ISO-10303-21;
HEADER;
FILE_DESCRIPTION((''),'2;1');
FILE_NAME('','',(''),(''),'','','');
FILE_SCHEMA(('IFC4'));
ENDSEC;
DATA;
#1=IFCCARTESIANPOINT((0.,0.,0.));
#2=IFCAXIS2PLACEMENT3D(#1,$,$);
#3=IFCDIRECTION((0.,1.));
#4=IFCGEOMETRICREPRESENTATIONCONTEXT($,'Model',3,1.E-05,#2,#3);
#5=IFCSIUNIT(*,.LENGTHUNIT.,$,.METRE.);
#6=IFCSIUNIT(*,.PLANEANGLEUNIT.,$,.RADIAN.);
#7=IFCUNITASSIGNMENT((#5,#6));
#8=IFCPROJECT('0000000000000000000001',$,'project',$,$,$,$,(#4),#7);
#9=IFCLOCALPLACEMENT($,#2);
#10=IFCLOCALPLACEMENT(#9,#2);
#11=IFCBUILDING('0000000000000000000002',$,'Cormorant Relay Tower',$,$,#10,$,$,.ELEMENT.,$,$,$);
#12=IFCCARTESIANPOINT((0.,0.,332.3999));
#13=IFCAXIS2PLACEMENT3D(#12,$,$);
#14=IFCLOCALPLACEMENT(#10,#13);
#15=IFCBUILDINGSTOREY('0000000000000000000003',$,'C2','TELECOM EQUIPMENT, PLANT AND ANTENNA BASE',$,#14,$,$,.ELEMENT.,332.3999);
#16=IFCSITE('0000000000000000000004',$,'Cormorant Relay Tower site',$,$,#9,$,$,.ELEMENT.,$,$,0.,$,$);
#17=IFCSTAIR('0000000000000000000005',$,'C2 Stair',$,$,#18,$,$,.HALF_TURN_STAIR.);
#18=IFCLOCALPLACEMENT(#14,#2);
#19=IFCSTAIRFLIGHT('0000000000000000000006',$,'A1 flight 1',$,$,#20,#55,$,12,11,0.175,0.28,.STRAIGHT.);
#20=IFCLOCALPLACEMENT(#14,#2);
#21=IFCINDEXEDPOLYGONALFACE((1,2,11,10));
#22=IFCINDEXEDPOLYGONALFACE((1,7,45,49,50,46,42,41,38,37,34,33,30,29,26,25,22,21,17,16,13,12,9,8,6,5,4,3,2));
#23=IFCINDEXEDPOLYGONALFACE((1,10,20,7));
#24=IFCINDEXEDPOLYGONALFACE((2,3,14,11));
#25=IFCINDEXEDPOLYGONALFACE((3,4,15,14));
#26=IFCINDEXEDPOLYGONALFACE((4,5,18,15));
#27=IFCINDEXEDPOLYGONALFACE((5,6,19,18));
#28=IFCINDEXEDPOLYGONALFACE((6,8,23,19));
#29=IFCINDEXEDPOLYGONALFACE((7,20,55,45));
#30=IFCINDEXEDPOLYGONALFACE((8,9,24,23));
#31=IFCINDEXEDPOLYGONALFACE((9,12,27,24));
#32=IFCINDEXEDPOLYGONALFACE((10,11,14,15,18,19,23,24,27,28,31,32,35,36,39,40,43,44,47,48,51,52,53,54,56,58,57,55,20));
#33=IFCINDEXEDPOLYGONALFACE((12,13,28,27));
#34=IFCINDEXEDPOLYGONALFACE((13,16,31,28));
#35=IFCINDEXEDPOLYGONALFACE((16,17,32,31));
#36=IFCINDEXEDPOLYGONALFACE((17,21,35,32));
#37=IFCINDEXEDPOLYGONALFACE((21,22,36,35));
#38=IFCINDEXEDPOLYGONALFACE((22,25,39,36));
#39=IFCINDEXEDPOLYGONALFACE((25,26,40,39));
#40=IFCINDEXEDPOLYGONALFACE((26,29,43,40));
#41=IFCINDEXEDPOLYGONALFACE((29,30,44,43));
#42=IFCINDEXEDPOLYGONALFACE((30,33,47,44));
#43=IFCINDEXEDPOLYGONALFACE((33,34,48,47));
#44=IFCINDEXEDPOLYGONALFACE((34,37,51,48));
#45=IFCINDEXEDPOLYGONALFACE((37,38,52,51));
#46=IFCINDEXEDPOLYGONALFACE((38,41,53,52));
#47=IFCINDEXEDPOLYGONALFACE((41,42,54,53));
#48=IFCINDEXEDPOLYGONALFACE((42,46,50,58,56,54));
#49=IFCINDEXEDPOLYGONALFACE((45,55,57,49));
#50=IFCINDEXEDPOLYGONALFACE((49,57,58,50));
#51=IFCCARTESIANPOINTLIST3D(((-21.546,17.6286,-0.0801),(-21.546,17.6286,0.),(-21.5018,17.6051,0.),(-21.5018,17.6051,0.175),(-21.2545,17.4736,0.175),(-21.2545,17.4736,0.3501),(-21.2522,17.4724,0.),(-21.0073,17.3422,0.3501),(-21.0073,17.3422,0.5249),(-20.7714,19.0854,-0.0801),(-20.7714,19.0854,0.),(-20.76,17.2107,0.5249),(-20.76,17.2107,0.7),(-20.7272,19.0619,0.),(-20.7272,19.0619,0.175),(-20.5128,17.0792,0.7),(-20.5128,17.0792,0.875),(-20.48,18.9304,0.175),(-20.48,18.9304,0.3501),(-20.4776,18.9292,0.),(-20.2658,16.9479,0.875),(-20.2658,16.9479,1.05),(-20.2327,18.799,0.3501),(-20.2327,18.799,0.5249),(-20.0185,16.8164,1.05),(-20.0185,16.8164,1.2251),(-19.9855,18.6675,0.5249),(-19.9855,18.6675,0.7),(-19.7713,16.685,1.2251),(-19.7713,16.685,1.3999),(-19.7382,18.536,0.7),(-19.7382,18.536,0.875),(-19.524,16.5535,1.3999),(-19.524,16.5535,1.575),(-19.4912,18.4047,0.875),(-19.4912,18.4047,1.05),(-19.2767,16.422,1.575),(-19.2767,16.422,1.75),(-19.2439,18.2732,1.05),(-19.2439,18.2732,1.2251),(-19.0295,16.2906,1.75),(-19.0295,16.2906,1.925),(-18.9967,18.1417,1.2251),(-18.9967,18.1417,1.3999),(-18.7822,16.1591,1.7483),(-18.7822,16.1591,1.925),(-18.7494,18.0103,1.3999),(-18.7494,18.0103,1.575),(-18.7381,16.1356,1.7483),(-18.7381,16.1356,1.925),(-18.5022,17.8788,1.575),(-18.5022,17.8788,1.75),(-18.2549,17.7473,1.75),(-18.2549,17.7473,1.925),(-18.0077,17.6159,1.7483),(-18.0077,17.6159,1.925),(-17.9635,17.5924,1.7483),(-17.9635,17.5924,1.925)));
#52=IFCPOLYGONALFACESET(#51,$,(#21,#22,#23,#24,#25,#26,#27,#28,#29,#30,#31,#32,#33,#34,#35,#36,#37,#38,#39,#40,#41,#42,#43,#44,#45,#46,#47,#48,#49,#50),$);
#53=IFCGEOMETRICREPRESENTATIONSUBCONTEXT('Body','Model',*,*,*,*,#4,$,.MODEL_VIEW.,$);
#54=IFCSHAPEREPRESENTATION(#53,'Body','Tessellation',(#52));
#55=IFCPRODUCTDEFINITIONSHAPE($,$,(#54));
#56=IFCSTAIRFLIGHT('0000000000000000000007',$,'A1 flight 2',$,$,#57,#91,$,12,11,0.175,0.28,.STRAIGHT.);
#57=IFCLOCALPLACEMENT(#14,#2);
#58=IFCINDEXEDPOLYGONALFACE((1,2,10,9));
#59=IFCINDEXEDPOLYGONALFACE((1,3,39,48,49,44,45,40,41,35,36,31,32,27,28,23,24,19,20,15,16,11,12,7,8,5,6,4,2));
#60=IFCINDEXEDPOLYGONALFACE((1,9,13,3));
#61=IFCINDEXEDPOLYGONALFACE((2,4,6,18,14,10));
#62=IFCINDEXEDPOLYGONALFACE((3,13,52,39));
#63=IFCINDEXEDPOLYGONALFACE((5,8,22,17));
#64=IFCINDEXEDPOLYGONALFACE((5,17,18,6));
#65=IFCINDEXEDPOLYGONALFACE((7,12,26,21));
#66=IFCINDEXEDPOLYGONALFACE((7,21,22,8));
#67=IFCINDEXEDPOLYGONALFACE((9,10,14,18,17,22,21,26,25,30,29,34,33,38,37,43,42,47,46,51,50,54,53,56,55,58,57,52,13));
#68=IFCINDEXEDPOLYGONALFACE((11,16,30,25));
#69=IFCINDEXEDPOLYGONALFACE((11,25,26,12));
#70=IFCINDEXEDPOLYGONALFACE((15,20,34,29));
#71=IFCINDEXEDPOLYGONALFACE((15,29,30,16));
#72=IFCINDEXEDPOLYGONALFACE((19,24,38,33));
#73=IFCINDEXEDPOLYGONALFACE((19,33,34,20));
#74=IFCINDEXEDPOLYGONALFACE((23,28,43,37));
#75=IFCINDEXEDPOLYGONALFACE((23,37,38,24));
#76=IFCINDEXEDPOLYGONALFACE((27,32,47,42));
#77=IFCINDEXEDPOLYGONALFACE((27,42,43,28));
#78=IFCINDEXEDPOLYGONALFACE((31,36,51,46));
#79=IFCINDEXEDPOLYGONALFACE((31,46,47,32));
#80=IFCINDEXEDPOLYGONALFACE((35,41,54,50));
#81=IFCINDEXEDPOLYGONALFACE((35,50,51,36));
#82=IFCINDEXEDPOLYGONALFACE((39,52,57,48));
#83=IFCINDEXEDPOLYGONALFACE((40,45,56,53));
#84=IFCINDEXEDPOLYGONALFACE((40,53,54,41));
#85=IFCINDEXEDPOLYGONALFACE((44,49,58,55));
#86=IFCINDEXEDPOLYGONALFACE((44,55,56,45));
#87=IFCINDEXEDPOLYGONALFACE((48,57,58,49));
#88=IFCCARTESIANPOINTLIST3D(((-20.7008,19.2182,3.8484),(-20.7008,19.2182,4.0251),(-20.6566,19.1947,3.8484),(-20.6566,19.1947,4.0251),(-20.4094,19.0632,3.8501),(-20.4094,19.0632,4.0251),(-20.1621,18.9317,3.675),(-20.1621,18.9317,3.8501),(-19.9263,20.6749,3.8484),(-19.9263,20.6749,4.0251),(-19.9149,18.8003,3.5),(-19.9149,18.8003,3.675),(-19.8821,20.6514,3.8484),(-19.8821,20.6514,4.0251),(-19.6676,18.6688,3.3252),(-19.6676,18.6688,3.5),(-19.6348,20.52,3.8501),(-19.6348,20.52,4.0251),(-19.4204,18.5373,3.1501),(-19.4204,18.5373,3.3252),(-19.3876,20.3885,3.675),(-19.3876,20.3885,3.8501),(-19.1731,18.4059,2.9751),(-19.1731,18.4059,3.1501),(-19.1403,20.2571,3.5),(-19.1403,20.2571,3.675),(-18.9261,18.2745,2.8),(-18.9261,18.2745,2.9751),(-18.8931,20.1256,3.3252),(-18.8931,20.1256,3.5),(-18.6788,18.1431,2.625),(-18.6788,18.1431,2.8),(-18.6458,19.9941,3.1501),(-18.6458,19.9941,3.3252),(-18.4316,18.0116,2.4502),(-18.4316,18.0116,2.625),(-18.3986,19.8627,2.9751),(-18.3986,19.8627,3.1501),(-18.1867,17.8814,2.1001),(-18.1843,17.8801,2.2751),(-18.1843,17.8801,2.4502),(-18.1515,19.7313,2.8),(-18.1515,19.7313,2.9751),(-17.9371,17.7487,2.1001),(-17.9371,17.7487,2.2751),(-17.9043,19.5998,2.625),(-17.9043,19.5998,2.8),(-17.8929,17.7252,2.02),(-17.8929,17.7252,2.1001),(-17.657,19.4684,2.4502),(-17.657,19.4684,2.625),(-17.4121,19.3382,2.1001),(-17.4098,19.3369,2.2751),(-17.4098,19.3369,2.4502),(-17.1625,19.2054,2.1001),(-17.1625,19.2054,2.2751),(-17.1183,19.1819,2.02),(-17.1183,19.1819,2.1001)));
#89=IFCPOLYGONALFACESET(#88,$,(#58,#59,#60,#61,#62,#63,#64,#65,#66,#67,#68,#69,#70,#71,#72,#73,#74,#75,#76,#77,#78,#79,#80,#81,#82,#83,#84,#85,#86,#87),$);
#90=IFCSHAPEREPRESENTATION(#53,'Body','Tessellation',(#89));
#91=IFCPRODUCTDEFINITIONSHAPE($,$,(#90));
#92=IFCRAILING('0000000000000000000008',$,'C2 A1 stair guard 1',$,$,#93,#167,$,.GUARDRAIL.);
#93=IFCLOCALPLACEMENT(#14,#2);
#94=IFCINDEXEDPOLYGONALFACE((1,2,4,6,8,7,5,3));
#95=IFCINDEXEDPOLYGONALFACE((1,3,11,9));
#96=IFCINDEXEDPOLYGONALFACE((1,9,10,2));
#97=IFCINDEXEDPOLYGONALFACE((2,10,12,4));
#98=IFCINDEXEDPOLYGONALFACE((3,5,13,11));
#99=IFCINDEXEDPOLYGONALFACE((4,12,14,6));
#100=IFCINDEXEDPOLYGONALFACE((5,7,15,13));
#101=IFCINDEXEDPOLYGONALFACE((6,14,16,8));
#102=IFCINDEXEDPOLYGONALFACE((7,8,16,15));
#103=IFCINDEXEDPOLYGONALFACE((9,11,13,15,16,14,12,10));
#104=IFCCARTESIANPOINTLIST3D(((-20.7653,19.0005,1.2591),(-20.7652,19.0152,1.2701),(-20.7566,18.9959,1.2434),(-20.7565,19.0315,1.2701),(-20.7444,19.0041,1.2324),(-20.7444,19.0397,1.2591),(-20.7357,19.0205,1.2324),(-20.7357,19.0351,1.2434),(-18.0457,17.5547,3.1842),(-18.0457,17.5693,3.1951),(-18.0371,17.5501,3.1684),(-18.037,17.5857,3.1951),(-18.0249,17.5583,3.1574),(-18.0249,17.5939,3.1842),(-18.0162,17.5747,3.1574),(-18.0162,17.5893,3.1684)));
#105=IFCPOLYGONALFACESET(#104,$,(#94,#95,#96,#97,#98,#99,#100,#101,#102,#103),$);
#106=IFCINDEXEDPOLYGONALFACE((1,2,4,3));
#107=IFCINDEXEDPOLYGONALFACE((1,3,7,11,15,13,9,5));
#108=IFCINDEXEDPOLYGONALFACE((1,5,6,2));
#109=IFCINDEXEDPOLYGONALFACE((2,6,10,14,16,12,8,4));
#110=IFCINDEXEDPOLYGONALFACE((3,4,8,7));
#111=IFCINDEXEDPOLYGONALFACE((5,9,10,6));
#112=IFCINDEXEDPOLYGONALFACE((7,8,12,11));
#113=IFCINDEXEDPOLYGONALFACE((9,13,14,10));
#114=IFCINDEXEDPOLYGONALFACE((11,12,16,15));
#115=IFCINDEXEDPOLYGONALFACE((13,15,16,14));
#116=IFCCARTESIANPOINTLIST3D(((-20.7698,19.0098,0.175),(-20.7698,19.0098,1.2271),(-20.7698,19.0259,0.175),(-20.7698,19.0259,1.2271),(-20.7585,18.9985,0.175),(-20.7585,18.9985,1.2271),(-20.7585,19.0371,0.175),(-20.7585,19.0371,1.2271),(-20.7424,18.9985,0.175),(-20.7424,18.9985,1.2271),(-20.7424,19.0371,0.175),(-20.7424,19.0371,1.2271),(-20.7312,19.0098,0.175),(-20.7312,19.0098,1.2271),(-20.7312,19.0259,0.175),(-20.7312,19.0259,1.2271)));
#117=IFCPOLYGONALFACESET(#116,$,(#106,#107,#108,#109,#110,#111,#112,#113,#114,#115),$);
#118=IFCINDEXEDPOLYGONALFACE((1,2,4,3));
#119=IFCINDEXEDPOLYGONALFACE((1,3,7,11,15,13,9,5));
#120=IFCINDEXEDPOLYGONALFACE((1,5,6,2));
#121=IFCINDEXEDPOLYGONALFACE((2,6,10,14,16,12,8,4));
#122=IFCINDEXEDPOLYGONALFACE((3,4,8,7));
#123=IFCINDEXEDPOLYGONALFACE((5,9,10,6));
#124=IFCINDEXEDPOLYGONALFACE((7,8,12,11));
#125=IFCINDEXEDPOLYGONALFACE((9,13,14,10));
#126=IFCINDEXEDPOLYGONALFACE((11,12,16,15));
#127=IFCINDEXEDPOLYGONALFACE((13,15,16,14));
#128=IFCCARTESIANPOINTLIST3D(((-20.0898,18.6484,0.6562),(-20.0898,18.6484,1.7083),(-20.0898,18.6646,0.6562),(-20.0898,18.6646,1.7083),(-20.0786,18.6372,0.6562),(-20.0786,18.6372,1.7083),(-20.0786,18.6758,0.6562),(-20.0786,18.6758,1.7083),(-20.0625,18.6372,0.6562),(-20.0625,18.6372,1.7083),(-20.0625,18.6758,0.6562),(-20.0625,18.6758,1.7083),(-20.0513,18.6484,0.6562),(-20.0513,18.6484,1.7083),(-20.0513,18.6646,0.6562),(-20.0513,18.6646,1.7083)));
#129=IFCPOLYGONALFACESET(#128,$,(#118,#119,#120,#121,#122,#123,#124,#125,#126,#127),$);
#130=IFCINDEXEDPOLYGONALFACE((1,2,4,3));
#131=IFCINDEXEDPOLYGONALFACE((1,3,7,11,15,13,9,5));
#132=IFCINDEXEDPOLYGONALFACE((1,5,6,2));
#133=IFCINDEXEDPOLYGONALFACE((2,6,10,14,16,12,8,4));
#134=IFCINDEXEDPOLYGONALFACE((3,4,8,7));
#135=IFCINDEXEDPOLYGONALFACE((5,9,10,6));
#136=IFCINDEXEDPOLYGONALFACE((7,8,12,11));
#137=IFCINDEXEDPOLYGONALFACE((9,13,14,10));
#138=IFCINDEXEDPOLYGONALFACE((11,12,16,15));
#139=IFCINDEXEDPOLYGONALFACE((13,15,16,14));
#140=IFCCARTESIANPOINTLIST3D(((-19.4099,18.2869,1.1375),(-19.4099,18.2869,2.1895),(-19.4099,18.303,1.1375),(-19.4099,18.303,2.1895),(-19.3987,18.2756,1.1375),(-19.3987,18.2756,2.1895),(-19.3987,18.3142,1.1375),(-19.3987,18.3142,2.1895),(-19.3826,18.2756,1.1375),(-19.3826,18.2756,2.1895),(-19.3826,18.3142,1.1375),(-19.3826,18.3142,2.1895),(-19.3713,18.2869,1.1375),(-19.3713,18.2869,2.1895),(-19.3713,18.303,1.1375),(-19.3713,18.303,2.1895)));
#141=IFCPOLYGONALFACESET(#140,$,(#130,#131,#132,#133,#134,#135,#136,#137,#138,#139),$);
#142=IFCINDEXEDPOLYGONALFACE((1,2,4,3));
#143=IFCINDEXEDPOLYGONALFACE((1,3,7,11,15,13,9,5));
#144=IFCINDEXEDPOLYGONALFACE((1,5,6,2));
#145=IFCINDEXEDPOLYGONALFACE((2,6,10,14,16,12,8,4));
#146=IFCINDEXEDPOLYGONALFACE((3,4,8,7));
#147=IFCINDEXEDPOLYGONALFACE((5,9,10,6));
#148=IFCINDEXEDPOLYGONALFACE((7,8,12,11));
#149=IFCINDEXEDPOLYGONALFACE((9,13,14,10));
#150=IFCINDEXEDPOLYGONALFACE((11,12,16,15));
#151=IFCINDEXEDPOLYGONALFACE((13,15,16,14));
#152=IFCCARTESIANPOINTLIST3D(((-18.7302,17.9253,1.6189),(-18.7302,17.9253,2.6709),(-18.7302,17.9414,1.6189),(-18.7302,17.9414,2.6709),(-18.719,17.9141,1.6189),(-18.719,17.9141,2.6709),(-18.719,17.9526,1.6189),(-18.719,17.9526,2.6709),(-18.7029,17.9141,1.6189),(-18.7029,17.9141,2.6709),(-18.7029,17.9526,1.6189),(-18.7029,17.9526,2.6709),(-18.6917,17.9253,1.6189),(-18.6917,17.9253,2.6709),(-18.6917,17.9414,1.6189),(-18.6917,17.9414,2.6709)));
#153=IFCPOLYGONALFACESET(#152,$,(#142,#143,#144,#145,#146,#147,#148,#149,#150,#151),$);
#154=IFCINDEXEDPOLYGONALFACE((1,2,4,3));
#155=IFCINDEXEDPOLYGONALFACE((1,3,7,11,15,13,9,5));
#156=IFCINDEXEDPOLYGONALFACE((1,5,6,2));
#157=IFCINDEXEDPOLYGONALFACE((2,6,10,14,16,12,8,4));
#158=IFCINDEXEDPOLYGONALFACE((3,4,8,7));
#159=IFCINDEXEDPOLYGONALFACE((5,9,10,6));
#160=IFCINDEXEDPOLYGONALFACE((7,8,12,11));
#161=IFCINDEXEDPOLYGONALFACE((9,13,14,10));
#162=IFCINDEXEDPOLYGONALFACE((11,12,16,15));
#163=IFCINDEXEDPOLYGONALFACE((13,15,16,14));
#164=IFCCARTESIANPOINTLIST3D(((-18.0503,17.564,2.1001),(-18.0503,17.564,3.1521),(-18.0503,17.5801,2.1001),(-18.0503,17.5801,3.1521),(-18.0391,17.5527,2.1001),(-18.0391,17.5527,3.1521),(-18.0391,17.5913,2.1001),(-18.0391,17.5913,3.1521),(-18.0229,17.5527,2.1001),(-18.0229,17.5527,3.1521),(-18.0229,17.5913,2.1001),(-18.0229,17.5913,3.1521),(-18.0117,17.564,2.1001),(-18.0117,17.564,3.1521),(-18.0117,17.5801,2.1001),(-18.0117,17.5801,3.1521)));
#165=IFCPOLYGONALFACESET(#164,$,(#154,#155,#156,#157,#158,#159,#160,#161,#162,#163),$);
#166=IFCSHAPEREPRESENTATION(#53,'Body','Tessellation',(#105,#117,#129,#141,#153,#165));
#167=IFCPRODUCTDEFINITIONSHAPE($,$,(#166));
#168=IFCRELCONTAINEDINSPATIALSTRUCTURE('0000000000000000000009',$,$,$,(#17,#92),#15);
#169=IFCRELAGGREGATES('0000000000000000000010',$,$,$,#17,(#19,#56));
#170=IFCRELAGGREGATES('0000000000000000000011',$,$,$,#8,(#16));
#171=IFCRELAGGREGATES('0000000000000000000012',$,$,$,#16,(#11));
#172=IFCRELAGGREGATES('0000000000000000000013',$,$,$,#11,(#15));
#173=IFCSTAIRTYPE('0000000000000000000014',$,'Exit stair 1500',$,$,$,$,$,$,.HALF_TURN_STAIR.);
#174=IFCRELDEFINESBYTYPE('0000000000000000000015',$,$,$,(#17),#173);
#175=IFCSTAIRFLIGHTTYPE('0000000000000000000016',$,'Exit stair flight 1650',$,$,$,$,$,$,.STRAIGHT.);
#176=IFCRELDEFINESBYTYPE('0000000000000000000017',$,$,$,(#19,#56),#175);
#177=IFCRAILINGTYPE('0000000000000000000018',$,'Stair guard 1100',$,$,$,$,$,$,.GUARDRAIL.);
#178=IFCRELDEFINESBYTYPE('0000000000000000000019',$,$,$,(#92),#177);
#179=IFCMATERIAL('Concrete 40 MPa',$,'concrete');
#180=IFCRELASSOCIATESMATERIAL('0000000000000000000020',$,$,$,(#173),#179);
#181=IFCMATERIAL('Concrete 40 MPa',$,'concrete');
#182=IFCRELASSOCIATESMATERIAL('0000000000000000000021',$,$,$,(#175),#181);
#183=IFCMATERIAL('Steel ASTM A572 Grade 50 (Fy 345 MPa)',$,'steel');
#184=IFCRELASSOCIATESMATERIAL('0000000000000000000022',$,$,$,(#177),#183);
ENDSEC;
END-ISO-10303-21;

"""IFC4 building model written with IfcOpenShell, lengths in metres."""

from ifc_helpers import new_model, si_unit, direction, frame, origin, place, context, subcontext, project, spatial, polyline, outline, extrude, material, type_object, element, aggregate, save


model = new_model("IFC4")

# Units and contexts
model_context = context("Model", 3, precision=1e-05, world=origin(), true_north=direction((0.0, 1.0)))
body_context = subcontext(model_context, "Body", "Model", "MODEL_VIEW")
ifc_project = project(units=[si_unit("LENGTHUNIT", "METRE"), si_unit("PLANEANGLEUNIT", "RADIAN")], contexts=[model_context])

# Site, building, storey
site_placement = place(None, origin())
site = spatial("IfcSite", under=ifc_project, at=site_placement, Name="Cormorant Relay Tower site", CompositionType="ELEMENT", RefElevation=0.0)
building_placement = place(site_placement, origin())
building = spatial("IfcBuilding", under=site, at=building_placement, Name="Cormorant Relay Tower", CompositionType="ELEMENT")
storey_placement = place(building_placement, frame((0.0, 0.0, 332.3999)))
storey = spatial("IfcBuildingStorey", under=building, at=storey_placement, Name="C2", Description="TELECOM EQUIPMENT, PLANT AND ANTENNA BASE", CompositionType="ELEMENT", Elevation=332.3999)

# Stair, stair flights
ifc_material_1 = material(Name="Concrete 40 MPa", Category="concrete")
stair_type = type_object("IfcStairType", Name="Exit stair 1500", PredefinedType="HALF_TURN_STAIR", material=ifc_material_1)
stair_placement = place(storey_placement, origin())
stair = element("IfcStair", 1, at=stair_placement, inside=storey, type_object=stair_type, Name="C2 Stair", PredefinedType="HALF_TURN_STAIR")
ifc_material_2 = material(Name="Concrete 40 MPa", Category="concrete")
stair_flight_type = type_object("IfcStairFlightType", Name="Exit stair flight 1650", PredefinedType="STRAIGHT", material=ifc_material_2)
stair_flight_1_placement = place(storey_placement, frame((-21.1145, 18.3335, 0.0), z_axis=(0.0, 0.0, 1.0), x_axis=(0.882948, -0.469472, 0.0)))
stair_flight_1 = element("IfcStairFlight", 2, at=stair_flight_1_placement, type_object=stair_flight_type, Name="A1 flight 1", NumberOfRisers=12, NumberOfTreads=11, PredefinedType="STRAIGHT", RiserHeight=0.175, TreadLength=0.28, context=body_context, shape_type="SweptSolid", body=[
    extrude(outline(polyline([(-0.05, -0.0801), (-0.05, 0.0), (0.0, 0.0), (0.0, 0.175), (0.28, 0.175), (0.28, 0.3501), (0.5601, 0.3501), (0.5601, 0.5249), (0.8401, 0.5249), (0.8401, 0.7), (1.1201, 0.7), (1.1201, 0.875), (1.3999, 0.875), (1.3999, 1.05), (1.6799, 1.05), (1.6799, 1.2251), (1.96, 1.2251), (1.96, 1.3999), (2.24, 1.3999), (2.24, 1.575), (2.52, 1.575), (2.52, 1.75), (2.8, 1.75), (2.8, 1.925), (3.0801, 1.925), (3.1301, 1.925), (3.1301, 1.7483), (3.0801, 1.7483), (0.2827, 0.0), (-0.05, -0.0801)])), frame((0.0, 0.825, 0.0), z_axis=(0.0, -1.0, 0.0), x_axis=(1.0, 0.0, 0.0)), (0.0, 0.0, 1.0), 1.6499),
])
stair_flight_2_placement = place(storey_placement, frame((-17.5498, 18.4771, 2.1001), z_axis=(0.0, 0.0, 1.0), x_axis=(-0.882948, 0.469472, 0.0)))
stair_flight_2 = element("IfcStairFlight", 3, at=stair_flight_2_placement, type_object=stair_flight_type, Name="A1 flight 2", NumberOfRisers=12, NumberOfTreads=11, PredefinedType="STRAIGHT", RiserHeight=0.175, TreadLength=0.28, context=body_context, shape_type="SweptSolid", body=[
    extrude(outline(polyline([(-0.05, -0.0801), (-0.05, 0.0), (0.0, 0.0), (0.0, 0.175), (0.28, 0.175), (0.28, 0.3501), (0.5601, 0.3501), (0.5601, 0.5249), (0.8401, 0.5249), (0.8401, 0.7), (1.1201, 0.7), (1.1201, 0.875), (1.3999, 0.875), (1.3999, 1.05), (1.6799, 1.05), (1.6799, 1.2251), (1.96, 1.2251), (1.96, 1.3999), (2.24, 1.3999), (2.24, 1.575), (2.52, 1.575), (2.52, 1.75), (2.8, 1.75), (2.8, 1.925), (3.0801, 1.925), (3.1301, 1.925), (3.1301, 1.7483), (3.0801, 1.7483), (0.2827, 0.0), (-0.05, -0.0801)])), frame((0.0, 0.825, 0.0), z_axis=(0.0, -1.0, 0.0), x_axis=(1.0, 0.0, 0.0)), (0.0, 0.0, 1.0), 1.6499),
])
aggregate(stair, [stair_flight_1, stair_flight_2])

# Railing
ifc_material_3 = material(Name="Steel ASTM A572 Grade 50 (Fy 345 MPa)", Category="steel")
railing_type_1 = type_object("IfcRailingType", Name="Stair guard 1100", PredefinedType="GUARDRAIL", material=ifc_material_3)
railing_1_placement = place(storey_placement, frame((-20.7505, 19.0178, 0.175)))
element("IfcRailing", 4, at=railing_1_placement, inside=storey, type_object=railing_type_1, Name="C2 A1 stair guard 1", PredefinedType="GUARDRAIL", context=body_context, shape_type="SweptSolid", body=[
    extrude(outline(polyline([(0.0222, 0.0093), (0.0093, 0.0222), (-0.0093, 0.0222), (-0.0222, 0.0093), (-0.0222, -0.0093), (-0.0093, -0.0222), (0.0093, -0.0222), (0.0222, -0.0093), (0.0222, 0.0093)])), frame((0.0, 0.0, 1.0762), z_axis=(0.748747, -0.398068, 0.530018), x_axis=(0.469428, 0.882971, 0.0)), (0.0, 0.0, 1.0), 3.6321),
    extrude(outline(polyline([(0.0193, 0.0081), (0.0081, 0.0193), (-0.0081, 0.0193), (-0.0193, 0.0081), (-0.0193, -0.0081), (-0.0081, -0.0193), (0.0081, -0.0193), (0.0193, -0.0081), (0.0193, 0.0081)])), origin(), (0.0, 0.0, 1.0), 1.052),
    extrude(outline(polyline([(0.0193, 0.0081), (0.0081, 0.0193), (-0.0081, 0.0193), (-0.0193, 0.0081), (-0.0193, -0.0081), (-0.0081, -0.0193), (0.0081, -0.0193), (0.0193, -0.0081), (0.0193, 0.0081)])), frame((0.6799, -0.3613, 0.4812)), (0.0, 0.0, 1.0), 1.052),
    extrude(outline(polyline([(0.0193, 0.0081), (0.0081, 0.0193), (-0.0081, 0.0193), (-0.0193, 0.0081), (-0.0193, -0.0081), (-0.0081, -0.0193), (0.0081, -0.0193), (0.0193, -0.0081), (0.0193, 0.0081)])), frame((1.3599, -0.7229, 0.9624)), (0.0, 0.0, 1.0), 1.052),
    extrude(outline(polyline([(0.0193, 0.0081), (0.0081, 0.0193), (-0.0081, 0.0193), (-0.0193, 0.0081), (-0.0193, -0.0081), (-0.0081, -0.0193), (0.0081, -0.0193), (0.0193, -0.0081), (0.0193, 0.0081)])), frame((2.0396, -1.0845, 1.4438)), (0.0, 0.0, 1.0), 1.052),
    extrude(outline(polyline([(0.0193, 0.0081), (0.0081, 0.0193), (-0.0081, 0.0193), (-0.0193, 0.0081), (-0.0193, -0.0081), (-0.0081, -0.0193), (0.0081, -0.0193), (0.0193, -0.0081), (0.0193, 0.0081)])), frame((2.7195, -1.4458, 1.925)), (0.0, 0.0, 1.0), 1.052),
])

save(model, "model.ifc")
